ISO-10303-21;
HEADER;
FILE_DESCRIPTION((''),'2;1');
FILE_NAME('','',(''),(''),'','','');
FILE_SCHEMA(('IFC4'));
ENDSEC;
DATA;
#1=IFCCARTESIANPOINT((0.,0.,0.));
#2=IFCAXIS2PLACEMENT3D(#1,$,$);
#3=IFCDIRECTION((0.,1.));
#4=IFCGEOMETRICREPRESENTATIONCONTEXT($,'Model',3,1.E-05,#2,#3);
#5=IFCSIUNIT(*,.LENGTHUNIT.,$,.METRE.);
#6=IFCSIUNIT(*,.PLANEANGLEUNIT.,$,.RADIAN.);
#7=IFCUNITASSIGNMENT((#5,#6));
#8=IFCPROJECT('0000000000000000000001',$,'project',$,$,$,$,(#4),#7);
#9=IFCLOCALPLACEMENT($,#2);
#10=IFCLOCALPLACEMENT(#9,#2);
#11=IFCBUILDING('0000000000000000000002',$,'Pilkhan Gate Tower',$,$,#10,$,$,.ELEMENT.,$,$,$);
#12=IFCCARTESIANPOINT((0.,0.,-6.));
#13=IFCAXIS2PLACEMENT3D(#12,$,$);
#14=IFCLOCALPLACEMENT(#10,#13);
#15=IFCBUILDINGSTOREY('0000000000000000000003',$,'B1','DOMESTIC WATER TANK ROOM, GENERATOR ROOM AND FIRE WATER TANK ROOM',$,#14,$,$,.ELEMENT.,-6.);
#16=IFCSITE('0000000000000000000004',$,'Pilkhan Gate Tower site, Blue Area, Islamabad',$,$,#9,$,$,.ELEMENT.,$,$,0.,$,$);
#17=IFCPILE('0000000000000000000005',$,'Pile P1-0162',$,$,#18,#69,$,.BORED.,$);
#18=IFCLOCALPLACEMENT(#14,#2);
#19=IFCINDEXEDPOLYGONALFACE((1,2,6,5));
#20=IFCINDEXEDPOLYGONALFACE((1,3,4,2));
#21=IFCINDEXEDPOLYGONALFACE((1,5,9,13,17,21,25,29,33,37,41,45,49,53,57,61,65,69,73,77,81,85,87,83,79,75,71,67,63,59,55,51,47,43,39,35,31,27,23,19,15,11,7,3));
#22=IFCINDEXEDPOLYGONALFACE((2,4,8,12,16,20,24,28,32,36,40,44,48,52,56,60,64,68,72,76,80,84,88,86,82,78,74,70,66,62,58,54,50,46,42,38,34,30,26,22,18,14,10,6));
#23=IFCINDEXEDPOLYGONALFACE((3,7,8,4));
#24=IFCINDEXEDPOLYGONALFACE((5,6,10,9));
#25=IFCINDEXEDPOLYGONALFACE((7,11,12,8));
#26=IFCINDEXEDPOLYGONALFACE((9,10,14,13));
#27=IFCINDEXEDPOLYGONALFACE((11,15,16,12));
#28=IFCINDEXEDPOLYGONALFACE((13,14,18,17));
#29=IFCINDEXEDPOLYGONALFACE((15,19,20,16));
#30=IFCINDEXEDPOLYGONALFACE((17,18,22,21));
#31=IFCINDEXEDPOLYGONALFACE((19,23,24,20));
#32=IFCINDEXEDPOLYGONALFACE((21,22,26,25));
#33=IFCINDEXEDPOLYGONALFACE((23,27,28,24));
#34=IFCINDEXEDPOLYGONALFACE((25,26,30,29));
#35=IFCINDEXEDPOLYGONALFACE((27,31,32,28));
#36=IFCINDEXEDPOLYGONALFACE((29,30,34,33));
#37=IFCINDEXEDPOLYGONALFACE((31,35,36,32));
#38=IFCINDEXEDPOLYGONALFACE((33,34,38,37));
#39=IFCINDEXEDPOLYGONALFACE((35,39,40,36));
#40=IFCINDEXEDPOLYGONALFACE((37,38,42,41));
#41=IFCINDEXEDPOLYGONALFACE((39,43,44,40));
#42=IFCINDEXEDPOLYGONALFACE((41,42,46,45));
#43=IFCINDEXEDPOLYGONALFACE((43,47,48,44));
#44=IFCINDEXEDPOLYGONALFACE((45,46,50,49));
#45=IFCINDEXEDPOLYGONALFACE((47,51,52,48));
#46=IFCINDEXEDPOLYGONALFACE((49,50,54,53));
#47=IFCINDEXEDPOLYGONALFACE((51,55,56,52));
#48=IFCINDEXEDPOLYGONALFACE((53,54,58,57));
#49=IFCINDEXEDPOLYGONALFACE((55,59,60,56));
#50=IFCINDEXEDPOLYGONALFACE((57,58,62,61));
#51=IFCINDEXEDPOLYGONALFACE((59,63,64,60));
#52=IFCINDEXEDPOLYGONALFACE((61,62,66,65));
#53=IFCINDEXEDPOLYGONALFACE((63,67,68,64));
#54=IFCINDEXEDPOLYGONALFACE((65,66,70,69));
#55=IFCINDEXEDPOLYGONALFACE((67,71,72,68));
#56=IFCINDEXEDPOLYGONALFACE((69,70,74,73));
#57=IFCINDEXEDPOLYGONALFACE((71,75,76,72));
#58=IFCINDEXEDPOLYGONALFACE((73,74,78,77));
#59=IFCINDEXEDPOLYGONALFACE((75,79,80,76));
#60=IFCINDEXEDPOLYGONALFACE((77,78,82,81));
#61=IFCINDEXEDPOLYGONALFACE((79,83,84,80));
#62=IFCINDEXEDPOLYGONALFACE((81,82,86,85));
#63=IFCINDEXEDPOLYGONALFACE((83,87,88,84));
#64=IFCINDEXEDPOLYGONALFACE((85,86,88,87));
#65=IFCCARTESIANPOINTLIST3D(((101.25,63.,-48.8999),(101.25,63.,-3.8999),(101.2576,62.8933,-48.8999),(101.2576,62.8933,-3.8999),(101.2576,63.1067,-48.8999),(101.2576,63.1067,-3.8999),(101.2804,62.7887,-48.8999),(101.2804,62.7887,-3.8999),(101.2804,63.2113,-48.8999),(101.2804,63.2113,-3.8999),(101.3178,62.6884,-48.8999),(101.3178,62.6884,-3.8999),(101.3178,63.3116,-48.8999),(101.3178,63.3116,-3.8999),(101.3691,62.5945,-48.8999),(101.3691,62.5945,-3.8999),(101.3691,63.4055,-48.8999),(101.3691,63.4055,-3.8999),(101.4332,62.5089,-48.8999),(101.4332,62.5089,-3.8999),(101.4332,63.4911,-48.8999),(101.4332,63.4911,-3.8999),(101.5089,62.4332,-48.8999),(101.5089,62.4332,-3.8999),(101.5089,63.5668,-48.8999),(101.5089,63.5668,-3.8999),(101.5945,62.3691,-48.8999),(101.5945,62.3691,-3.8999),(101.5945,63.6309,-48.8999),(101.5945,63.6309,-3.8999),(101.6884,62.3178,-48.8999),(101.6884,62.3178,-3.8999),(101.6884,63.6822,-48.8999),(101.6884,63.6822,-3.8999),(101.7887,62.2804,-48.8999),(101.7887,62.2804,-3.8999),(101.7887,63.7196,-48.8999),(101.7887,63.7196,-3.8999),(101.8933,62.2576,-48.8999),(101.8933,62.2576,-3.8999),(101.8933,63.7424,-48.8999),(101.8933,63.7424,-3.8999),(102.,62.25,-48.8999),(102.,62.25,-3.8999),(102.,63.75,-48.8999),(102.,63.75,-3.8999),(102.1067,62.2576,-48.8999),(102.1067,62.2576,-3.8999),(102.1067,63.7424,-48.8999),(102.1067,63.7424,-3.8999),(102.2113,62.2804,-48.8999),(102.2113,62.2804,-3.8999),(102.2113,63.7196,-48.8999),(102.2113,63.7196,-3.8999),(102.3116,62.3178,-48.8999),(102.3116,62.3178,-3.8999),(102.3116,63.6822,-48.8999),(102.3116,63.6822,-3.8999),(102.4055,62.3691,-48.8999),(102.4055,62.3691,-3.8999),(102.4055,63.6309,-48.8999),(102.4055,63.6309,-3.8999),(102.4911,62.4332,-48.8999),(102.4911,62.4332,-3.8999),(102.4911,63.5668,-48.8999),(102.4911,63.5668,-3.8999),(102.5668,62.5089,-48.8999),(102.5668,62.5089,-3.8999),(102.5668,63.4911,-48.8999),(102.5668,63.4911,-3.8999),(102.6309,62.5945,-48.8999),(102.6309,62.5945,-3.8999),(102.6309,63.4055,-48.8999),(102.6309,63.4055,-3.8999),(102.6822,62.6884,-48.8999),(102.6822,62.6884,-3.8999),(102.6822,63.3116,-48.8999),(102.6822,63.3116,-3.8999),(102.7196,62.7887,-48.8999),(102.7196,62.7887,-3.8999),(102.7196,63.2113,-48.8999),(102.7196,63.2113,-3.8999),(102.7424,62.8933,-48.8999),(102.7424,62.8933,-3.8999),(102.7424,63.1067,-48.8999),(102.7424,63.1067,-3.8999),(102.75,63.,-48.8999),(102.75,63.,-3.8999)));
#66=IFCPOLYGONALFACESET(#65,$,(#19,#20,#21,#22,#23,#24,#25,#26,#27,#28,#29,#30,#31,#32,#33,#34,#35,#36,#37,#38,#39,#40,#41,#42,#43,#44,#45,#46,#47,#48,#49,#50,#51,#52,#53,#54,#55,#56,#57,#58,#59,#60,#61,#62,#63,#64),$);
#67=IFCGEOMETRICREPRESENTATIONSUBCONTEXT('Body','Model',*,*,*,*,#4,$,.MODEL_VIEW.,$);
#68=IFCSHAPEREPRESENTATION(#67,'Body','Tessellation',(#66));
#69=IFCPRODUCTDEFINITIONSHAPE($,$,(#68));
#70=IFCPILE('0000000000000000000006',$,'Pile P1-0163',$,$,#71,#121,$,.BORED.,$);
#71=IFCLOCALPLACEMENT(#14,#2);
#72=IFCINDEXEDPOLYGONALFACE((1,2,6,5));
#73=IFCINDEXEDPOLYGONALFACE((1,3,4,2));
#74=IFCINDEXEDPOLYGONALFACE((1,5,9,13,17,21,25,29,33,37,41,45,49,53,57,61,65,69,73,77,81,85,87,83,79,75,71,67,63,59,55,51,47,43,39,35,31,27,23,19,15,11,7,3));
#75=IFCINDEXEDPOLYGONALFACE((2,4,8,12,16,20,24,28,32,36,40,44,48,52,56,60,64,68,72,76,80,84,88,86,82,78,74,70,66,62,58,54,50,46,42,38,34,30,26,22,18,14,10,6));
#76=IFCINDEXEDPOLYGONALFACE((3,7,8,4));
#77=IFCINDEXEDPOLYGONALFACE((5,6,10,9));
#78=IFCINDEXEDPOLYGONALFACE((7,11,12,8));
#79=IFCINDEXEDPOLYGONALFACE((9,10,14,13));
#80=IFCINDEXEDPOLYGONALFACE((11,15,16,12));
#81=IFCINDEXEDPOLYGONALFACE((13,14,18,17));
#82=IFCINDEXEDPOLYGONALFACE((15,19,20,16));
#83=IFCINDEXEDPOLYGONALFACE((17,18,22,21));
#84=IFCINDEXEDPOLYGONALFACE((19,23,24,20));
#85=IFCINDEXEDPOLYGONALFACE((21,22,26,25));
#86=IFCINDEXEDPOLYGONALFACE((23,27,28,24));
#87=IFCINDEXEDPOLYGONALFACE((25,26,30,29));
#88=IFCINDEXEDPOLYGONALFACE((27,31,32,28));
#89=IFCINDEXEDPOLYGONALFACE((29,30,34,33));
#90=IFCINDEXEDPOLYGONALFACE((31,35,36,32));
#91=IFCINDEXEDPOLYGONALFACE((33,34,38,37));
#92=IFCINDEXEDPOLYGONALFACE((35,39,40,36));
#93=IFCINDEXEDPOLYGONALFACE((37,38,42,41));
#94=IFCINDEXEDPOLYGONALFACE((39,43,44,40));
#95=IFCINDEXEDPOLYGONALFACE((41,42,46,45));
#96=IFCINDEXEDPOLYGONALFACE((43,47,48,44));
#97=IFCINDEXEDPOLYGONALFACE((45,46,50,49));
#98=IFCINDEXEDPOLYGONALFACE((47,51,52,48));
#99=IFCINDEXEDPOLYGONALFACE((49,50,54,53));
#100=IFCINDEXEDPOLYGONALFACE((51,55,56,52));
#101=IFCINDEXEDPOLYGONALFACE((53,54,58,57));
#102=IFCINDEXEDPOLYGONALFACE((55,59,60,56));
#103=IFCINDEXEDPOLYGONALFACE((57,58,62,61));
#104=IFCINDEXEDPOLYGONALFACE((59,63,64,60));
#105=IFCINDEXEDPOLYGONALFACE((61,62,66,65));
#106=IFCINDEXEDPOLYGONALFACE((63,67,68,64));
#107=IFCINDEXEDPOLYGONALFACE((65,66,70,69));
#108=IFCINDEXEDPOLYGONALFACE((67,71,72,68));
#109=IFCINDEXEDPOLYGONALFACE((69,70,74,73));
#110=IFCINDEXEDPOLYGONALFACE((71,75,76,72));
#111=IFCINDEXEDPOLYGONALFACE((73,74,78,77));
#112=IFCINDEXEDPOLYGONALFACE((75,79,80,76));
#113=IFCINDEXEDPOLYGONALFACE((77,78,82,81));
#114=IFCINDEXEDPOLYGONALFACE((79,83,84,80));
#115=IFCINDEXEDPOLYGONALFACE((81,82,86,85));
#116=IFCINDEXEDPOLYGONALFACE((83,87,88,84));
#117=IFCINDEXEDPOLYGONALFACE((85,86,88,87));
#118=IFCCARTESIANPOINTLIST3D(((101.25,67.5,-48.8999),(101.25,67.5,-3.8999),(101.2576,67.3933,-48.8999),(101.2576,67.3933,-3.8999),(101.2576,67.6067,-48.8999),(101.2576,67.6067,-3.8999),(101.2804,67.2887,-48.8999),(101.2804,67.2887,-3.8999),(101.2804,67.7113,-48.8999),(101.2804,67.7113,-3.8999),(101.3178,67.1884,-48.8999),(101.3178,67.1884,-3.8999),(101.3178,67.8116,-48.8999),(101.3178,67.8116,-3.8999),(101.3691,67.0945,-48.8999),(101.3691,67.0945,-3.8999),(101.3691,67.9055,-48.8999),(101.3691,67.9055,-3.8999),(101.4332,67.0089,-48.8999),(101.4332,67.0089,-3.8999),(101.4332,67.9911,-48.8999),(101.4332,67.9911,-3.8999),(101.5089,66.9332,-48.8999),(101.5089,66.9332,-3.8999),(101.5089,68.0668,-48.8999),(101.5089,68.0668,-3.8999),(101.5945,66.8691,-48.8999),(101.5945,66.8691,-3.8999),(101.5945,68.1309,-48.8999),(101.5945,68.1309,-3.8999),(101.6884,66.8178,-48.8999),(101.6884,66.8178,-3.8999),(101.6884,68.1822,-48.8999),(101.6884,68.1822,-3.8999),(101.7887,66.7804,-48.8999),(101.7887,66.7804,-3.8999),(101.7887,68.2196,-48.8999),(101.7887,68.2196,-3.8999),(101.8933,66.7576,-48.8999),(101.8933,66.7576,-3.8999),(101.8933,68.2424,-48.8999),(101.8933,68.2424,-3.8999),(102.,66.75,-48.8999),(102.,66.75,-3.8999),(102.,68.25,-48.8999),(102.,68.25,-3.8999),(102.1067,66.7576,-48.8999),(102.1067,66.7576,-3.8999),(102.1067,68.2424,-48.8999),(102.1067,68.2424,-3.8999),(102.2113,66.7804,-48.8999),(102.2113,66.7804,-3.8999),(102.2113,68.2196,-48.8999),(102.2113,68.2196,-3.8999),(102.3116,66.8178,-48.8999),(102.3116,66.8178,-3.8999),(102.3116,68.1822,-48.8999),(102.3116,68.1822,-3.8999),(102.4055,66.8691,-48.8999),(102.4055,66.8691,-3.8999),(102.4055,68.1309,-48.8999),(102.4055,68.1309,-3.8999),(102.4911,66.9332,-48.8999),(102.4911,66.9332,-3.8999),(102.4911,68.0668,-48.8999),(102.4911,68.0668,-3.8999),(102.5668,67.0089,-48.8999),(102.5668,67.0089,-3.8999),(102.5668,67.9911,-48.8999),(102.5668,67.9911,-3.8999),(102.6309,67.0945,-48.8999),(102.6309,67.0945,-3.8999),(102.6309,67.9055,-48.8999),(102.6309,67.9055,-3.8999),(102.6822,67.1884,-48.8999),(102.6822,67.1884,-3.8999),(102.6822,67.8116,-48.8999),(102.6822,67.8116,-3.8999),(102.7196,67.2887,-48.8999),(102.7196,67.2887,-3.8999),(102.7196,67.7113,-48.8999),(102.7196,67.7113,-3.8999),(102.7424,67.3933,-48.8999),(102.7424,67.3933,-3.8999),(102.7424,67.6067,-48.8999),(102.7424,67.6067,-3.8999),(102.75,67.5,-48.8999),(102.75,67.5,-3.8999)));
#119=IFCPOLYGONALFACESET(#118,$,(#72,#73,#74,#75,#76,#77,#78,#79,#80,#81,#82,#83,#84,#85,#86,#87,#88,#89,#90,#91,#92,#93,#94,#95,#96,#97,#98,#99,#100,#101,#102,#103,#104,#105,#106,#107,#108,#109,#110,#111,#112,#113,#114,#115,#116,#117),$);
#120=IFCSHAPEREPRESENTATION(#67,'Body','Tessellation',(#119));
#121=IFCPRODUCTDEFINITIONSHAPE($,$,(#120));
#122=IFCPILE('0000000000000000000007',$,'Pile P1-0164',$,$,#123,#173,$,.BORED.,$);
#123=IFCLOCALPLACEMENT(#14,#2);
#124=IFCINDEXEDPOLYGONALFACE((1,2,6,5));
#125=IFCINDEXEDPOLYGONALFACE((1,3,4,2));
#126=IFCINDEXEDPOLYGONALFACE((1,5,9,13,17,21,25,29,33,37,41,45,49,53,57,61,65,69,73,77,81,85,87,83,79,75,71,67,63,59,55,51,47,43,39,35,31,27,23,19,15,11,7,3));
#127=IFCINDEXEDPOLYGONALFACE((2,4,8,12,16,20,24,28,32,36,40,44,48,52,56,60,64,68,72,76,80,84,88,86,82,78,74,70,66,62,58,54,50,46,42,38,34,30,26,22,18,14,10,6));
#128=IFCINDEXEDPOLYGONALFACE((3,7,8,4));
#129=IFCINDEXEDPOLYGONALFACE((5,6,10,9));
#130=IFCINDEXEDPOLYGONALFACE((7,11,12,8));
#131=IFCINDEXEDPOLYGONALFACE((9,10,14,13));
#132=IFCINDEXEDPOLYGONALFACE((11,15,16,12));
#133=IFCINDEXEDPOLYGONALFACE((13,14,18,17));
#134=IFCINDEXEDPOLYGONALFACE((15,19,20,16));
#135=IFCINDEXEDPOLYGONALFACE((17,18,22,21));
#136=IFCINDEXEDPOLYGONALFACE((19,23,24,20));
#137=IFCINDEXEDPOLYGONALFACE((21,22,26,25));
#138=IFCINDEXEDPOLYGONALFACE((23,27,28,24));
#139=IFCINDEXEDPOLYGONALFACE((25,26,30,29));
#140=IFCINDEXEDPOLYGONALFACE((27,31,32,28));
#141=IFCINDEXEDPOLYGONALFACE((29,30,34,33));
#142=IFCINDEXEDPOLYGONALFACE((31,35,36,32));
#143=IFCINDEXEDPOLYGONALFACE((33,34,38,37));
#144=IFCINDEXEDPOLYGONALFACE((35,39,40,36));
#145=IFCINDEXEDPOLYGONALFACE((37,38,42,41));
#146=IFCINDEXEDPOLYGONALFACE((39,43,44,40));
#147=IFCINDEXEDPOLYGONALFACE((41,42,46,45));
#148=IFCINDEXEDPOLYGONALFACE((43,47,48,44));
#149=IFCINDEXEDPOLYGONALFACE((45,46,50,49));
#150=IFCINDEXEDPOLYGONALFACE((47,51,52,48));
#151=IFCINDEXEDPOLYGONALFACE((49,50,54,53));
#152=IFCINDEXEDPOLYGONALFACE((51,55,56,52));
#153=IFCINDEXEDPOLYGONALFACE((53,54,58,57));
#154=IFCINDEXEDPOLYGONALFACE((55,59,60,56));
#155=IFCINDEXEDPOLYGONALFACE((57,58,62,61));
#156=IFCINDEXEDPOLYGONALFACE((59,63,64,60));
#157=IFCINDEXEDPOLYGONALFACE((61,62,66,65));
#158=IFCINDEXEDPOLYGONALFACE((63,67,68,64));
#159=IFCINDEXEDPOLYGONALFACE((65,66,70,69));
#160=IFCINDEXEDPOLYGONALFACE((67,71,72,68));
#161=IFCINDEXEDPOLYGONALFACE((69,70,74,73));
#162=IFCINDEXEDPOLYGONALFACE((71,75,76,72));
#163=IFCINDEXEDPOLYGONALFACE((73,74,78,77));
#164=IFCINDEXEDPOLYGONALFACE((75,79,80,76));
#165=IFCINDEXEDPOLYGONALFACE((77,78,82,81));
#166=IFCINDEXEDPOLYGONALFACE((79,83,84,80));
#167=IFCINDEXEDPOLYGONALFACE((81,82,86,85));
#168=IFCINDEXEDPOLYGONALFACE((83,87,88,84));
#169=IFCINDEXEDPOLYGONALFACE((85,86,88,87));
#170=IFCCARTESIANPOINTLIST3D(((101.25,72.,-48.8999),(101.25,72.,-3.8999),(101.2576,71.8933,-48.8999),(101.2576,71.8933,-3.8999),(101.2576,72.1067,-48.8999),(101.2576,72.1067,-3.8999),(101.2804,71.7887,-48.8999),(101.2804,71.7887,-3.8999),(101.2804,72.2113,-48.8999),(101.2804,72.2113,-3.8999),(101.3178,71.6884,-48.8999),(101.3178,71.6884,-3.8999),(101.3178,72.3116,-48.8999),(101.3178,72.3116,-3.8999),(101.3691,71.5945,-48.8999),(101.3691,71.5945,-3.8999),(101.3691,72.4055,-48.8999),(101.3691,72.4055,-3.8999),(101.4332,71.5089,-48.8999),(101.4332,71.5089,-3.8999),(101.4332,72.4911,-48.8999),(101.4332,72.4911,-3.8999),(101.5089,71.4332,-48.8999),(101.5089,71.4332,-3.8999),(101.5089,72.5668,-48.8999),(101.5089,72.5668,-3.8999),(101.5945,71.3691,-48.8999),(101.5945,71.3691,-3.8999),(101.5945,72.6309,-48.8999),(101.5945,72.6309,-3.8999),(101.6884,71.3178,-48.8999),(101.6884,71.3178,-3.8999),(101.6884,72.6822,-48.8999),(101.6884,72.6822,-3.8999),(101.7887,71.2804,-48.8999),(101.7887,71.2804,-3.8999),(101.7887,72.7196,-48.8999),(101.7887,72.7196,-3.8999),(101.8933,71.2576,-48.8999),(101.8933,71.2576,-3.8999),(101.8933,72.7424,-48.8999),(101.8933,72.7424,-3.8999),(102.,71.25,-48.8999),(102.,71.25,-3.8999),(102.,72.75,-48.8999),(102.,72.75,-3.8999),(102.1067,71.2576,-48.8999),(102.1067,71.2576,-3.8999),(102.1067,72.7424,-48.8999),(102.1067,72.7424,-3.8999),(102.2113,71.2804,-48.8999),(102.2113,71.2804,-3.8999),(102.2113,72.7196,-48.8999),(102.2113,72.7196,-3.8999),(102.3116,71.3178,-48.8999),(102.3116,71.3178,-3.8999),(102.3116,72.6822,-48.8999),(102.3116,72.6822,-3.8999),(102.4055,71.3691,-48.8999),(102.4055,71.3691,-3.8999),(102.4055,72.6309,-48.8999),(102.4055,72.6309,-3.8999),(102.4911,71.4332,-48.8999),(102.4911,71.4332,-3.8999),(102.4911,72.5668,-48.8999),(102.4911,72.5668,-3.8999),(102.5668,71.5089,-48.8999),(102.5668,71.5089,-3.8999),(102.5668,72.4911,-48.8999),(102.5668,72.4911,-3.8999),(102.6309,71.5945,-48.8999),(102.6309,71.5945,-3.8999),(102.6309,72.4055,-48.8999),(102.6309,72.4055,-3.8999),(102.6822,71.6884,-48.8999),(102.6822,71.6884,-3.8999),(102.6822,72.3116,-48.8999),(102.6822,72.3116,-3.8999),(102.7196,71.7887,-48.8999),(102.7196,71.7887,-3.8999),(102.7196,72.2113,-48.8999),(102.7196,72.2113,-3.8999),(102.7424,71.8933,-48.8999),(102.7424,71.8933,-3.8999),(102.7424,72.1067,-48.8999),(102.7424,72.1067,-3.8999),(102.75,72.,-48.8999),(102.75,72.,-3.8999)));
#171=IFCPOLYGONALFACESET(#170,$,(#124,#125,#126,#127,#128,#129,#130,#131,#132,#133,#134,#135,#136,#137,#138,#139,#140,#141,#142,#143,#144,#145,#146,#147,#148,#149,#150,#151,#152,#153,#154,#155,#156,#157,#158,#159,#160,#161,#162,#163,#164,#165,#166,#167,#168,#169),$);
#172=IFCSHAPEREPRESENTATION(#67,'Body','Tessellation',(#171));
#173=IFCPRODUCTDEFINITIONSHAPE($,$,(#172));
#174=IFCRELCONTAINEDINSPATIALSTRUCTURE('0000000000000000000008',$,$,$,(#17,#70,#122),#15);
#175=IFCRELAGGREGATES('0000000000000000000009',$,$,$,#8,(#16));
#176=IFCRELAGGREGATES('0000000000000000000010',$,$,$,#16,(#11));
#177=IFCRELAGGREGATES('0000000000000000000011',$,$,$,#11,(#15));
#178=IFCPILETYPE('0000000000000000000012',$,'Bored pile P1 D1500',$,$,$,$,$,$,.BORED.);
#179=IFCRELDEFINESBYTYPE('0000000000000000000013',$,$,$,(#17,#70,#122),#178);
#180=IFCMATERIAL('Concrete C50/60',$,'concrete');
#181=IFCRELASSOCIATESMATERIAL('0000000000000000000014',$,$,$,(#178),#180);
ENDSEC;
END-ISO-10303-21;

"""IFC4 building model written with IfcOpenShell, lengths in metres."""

from ifc_helpers import new_model, si_unit, direction, frame, origin, origin_2d, place, context, subcontext, project, spatial, circle, extrude, material, material_profile, profile_set, type_object, element, save


model = new_model("IFC4")

# Units and contexts
model_context = context("Model", 3, precision=1e-05, world=origin(), true_north=direction((0.0, 1.0)))
body_context = subcontext(model_context, "Body", "Model", "MODEL_VIEW")
ifc_project = project(units=[si_unit("LENGTHUNIT", "METRE"), si_unit("PLANEANGLEUNIT", "RADIAN")], contexts=[model_context])

# Site, building, storey
site_placement = place(None, origin())
site = spatial("IfcSite", under=ifc_project, at=site_placement, Name="Pilkhan Gate Tower site, Blue Area, Islamabad", CompositionType="ELEMENT", RefElevation=0.0)
building_placement = place(site_placement, origin())
building = spatial("IfcBuilding", under=site, at=building_placement, Name="Pilkhan Gate Tower", CompositionType="ELEMENT")
storey_placement = place(building_placement, frame((0.0, 0.0, -6.0)))
storey = spatial("IfcBuildingStorey", under=building, at=storey_placement, Name="B1", Description="DOMESTIC WATER TANK ROOM, GENERATOR ROOM AND FIRE WATER TANK ROOM", CompositionType="ELEMENT", Elevation=-6.0)

# Piles
ifc_material_1 = material(Name="Concrete C50/60", Category="concrete")
ifc_material_profile_1 = material_profile(ifc_material_1, circle(Radius=0.75, at=origin_2d()), Name="Bored pile 1500 dia")
ifc_profile_set_1 = profile_set([ifc_material_profile_1], Name="Concrete C50/60")
pile_type = type_object("IfcPileType", Name="Bored pile P1 D1500", PredefinedType="BORED", material=ifc_profile_set_1)
for number, where, z_axis, x_axis, name in (
    (1, (102.0, 63.0, -3.8999), (0.0, 0.0, -1.0), (1.0, 0.0, 0.0), "Pile P1-0162"),
    (2, (102.0, 67.5, -3.8999), (0.0, 0.0, -1.0), (1.0, 0.0, 0.0), "Pile P1-0163"),
    (3, (102.0, 72.0, -3.8999), (0.0, 0.0, -1.0), (1.0, 0.0, 0.0), "Pile P1-0164"),
):
    element("IfcPile", number, at=place(storey_placement, frame(where, z_axis=z_axis, x_axis=x_axis)), inside=storey, type_object=pile_type, Name=name, PredefinedType="BORED", context=body_context, shape_type="SweptSolid", body=[
        extrude(circle(Radius=0.75, at=origin_2d()), origin(), (0.0, 0.0, 1.0), 45.0),
    ])

save(model, "model.ifc")
